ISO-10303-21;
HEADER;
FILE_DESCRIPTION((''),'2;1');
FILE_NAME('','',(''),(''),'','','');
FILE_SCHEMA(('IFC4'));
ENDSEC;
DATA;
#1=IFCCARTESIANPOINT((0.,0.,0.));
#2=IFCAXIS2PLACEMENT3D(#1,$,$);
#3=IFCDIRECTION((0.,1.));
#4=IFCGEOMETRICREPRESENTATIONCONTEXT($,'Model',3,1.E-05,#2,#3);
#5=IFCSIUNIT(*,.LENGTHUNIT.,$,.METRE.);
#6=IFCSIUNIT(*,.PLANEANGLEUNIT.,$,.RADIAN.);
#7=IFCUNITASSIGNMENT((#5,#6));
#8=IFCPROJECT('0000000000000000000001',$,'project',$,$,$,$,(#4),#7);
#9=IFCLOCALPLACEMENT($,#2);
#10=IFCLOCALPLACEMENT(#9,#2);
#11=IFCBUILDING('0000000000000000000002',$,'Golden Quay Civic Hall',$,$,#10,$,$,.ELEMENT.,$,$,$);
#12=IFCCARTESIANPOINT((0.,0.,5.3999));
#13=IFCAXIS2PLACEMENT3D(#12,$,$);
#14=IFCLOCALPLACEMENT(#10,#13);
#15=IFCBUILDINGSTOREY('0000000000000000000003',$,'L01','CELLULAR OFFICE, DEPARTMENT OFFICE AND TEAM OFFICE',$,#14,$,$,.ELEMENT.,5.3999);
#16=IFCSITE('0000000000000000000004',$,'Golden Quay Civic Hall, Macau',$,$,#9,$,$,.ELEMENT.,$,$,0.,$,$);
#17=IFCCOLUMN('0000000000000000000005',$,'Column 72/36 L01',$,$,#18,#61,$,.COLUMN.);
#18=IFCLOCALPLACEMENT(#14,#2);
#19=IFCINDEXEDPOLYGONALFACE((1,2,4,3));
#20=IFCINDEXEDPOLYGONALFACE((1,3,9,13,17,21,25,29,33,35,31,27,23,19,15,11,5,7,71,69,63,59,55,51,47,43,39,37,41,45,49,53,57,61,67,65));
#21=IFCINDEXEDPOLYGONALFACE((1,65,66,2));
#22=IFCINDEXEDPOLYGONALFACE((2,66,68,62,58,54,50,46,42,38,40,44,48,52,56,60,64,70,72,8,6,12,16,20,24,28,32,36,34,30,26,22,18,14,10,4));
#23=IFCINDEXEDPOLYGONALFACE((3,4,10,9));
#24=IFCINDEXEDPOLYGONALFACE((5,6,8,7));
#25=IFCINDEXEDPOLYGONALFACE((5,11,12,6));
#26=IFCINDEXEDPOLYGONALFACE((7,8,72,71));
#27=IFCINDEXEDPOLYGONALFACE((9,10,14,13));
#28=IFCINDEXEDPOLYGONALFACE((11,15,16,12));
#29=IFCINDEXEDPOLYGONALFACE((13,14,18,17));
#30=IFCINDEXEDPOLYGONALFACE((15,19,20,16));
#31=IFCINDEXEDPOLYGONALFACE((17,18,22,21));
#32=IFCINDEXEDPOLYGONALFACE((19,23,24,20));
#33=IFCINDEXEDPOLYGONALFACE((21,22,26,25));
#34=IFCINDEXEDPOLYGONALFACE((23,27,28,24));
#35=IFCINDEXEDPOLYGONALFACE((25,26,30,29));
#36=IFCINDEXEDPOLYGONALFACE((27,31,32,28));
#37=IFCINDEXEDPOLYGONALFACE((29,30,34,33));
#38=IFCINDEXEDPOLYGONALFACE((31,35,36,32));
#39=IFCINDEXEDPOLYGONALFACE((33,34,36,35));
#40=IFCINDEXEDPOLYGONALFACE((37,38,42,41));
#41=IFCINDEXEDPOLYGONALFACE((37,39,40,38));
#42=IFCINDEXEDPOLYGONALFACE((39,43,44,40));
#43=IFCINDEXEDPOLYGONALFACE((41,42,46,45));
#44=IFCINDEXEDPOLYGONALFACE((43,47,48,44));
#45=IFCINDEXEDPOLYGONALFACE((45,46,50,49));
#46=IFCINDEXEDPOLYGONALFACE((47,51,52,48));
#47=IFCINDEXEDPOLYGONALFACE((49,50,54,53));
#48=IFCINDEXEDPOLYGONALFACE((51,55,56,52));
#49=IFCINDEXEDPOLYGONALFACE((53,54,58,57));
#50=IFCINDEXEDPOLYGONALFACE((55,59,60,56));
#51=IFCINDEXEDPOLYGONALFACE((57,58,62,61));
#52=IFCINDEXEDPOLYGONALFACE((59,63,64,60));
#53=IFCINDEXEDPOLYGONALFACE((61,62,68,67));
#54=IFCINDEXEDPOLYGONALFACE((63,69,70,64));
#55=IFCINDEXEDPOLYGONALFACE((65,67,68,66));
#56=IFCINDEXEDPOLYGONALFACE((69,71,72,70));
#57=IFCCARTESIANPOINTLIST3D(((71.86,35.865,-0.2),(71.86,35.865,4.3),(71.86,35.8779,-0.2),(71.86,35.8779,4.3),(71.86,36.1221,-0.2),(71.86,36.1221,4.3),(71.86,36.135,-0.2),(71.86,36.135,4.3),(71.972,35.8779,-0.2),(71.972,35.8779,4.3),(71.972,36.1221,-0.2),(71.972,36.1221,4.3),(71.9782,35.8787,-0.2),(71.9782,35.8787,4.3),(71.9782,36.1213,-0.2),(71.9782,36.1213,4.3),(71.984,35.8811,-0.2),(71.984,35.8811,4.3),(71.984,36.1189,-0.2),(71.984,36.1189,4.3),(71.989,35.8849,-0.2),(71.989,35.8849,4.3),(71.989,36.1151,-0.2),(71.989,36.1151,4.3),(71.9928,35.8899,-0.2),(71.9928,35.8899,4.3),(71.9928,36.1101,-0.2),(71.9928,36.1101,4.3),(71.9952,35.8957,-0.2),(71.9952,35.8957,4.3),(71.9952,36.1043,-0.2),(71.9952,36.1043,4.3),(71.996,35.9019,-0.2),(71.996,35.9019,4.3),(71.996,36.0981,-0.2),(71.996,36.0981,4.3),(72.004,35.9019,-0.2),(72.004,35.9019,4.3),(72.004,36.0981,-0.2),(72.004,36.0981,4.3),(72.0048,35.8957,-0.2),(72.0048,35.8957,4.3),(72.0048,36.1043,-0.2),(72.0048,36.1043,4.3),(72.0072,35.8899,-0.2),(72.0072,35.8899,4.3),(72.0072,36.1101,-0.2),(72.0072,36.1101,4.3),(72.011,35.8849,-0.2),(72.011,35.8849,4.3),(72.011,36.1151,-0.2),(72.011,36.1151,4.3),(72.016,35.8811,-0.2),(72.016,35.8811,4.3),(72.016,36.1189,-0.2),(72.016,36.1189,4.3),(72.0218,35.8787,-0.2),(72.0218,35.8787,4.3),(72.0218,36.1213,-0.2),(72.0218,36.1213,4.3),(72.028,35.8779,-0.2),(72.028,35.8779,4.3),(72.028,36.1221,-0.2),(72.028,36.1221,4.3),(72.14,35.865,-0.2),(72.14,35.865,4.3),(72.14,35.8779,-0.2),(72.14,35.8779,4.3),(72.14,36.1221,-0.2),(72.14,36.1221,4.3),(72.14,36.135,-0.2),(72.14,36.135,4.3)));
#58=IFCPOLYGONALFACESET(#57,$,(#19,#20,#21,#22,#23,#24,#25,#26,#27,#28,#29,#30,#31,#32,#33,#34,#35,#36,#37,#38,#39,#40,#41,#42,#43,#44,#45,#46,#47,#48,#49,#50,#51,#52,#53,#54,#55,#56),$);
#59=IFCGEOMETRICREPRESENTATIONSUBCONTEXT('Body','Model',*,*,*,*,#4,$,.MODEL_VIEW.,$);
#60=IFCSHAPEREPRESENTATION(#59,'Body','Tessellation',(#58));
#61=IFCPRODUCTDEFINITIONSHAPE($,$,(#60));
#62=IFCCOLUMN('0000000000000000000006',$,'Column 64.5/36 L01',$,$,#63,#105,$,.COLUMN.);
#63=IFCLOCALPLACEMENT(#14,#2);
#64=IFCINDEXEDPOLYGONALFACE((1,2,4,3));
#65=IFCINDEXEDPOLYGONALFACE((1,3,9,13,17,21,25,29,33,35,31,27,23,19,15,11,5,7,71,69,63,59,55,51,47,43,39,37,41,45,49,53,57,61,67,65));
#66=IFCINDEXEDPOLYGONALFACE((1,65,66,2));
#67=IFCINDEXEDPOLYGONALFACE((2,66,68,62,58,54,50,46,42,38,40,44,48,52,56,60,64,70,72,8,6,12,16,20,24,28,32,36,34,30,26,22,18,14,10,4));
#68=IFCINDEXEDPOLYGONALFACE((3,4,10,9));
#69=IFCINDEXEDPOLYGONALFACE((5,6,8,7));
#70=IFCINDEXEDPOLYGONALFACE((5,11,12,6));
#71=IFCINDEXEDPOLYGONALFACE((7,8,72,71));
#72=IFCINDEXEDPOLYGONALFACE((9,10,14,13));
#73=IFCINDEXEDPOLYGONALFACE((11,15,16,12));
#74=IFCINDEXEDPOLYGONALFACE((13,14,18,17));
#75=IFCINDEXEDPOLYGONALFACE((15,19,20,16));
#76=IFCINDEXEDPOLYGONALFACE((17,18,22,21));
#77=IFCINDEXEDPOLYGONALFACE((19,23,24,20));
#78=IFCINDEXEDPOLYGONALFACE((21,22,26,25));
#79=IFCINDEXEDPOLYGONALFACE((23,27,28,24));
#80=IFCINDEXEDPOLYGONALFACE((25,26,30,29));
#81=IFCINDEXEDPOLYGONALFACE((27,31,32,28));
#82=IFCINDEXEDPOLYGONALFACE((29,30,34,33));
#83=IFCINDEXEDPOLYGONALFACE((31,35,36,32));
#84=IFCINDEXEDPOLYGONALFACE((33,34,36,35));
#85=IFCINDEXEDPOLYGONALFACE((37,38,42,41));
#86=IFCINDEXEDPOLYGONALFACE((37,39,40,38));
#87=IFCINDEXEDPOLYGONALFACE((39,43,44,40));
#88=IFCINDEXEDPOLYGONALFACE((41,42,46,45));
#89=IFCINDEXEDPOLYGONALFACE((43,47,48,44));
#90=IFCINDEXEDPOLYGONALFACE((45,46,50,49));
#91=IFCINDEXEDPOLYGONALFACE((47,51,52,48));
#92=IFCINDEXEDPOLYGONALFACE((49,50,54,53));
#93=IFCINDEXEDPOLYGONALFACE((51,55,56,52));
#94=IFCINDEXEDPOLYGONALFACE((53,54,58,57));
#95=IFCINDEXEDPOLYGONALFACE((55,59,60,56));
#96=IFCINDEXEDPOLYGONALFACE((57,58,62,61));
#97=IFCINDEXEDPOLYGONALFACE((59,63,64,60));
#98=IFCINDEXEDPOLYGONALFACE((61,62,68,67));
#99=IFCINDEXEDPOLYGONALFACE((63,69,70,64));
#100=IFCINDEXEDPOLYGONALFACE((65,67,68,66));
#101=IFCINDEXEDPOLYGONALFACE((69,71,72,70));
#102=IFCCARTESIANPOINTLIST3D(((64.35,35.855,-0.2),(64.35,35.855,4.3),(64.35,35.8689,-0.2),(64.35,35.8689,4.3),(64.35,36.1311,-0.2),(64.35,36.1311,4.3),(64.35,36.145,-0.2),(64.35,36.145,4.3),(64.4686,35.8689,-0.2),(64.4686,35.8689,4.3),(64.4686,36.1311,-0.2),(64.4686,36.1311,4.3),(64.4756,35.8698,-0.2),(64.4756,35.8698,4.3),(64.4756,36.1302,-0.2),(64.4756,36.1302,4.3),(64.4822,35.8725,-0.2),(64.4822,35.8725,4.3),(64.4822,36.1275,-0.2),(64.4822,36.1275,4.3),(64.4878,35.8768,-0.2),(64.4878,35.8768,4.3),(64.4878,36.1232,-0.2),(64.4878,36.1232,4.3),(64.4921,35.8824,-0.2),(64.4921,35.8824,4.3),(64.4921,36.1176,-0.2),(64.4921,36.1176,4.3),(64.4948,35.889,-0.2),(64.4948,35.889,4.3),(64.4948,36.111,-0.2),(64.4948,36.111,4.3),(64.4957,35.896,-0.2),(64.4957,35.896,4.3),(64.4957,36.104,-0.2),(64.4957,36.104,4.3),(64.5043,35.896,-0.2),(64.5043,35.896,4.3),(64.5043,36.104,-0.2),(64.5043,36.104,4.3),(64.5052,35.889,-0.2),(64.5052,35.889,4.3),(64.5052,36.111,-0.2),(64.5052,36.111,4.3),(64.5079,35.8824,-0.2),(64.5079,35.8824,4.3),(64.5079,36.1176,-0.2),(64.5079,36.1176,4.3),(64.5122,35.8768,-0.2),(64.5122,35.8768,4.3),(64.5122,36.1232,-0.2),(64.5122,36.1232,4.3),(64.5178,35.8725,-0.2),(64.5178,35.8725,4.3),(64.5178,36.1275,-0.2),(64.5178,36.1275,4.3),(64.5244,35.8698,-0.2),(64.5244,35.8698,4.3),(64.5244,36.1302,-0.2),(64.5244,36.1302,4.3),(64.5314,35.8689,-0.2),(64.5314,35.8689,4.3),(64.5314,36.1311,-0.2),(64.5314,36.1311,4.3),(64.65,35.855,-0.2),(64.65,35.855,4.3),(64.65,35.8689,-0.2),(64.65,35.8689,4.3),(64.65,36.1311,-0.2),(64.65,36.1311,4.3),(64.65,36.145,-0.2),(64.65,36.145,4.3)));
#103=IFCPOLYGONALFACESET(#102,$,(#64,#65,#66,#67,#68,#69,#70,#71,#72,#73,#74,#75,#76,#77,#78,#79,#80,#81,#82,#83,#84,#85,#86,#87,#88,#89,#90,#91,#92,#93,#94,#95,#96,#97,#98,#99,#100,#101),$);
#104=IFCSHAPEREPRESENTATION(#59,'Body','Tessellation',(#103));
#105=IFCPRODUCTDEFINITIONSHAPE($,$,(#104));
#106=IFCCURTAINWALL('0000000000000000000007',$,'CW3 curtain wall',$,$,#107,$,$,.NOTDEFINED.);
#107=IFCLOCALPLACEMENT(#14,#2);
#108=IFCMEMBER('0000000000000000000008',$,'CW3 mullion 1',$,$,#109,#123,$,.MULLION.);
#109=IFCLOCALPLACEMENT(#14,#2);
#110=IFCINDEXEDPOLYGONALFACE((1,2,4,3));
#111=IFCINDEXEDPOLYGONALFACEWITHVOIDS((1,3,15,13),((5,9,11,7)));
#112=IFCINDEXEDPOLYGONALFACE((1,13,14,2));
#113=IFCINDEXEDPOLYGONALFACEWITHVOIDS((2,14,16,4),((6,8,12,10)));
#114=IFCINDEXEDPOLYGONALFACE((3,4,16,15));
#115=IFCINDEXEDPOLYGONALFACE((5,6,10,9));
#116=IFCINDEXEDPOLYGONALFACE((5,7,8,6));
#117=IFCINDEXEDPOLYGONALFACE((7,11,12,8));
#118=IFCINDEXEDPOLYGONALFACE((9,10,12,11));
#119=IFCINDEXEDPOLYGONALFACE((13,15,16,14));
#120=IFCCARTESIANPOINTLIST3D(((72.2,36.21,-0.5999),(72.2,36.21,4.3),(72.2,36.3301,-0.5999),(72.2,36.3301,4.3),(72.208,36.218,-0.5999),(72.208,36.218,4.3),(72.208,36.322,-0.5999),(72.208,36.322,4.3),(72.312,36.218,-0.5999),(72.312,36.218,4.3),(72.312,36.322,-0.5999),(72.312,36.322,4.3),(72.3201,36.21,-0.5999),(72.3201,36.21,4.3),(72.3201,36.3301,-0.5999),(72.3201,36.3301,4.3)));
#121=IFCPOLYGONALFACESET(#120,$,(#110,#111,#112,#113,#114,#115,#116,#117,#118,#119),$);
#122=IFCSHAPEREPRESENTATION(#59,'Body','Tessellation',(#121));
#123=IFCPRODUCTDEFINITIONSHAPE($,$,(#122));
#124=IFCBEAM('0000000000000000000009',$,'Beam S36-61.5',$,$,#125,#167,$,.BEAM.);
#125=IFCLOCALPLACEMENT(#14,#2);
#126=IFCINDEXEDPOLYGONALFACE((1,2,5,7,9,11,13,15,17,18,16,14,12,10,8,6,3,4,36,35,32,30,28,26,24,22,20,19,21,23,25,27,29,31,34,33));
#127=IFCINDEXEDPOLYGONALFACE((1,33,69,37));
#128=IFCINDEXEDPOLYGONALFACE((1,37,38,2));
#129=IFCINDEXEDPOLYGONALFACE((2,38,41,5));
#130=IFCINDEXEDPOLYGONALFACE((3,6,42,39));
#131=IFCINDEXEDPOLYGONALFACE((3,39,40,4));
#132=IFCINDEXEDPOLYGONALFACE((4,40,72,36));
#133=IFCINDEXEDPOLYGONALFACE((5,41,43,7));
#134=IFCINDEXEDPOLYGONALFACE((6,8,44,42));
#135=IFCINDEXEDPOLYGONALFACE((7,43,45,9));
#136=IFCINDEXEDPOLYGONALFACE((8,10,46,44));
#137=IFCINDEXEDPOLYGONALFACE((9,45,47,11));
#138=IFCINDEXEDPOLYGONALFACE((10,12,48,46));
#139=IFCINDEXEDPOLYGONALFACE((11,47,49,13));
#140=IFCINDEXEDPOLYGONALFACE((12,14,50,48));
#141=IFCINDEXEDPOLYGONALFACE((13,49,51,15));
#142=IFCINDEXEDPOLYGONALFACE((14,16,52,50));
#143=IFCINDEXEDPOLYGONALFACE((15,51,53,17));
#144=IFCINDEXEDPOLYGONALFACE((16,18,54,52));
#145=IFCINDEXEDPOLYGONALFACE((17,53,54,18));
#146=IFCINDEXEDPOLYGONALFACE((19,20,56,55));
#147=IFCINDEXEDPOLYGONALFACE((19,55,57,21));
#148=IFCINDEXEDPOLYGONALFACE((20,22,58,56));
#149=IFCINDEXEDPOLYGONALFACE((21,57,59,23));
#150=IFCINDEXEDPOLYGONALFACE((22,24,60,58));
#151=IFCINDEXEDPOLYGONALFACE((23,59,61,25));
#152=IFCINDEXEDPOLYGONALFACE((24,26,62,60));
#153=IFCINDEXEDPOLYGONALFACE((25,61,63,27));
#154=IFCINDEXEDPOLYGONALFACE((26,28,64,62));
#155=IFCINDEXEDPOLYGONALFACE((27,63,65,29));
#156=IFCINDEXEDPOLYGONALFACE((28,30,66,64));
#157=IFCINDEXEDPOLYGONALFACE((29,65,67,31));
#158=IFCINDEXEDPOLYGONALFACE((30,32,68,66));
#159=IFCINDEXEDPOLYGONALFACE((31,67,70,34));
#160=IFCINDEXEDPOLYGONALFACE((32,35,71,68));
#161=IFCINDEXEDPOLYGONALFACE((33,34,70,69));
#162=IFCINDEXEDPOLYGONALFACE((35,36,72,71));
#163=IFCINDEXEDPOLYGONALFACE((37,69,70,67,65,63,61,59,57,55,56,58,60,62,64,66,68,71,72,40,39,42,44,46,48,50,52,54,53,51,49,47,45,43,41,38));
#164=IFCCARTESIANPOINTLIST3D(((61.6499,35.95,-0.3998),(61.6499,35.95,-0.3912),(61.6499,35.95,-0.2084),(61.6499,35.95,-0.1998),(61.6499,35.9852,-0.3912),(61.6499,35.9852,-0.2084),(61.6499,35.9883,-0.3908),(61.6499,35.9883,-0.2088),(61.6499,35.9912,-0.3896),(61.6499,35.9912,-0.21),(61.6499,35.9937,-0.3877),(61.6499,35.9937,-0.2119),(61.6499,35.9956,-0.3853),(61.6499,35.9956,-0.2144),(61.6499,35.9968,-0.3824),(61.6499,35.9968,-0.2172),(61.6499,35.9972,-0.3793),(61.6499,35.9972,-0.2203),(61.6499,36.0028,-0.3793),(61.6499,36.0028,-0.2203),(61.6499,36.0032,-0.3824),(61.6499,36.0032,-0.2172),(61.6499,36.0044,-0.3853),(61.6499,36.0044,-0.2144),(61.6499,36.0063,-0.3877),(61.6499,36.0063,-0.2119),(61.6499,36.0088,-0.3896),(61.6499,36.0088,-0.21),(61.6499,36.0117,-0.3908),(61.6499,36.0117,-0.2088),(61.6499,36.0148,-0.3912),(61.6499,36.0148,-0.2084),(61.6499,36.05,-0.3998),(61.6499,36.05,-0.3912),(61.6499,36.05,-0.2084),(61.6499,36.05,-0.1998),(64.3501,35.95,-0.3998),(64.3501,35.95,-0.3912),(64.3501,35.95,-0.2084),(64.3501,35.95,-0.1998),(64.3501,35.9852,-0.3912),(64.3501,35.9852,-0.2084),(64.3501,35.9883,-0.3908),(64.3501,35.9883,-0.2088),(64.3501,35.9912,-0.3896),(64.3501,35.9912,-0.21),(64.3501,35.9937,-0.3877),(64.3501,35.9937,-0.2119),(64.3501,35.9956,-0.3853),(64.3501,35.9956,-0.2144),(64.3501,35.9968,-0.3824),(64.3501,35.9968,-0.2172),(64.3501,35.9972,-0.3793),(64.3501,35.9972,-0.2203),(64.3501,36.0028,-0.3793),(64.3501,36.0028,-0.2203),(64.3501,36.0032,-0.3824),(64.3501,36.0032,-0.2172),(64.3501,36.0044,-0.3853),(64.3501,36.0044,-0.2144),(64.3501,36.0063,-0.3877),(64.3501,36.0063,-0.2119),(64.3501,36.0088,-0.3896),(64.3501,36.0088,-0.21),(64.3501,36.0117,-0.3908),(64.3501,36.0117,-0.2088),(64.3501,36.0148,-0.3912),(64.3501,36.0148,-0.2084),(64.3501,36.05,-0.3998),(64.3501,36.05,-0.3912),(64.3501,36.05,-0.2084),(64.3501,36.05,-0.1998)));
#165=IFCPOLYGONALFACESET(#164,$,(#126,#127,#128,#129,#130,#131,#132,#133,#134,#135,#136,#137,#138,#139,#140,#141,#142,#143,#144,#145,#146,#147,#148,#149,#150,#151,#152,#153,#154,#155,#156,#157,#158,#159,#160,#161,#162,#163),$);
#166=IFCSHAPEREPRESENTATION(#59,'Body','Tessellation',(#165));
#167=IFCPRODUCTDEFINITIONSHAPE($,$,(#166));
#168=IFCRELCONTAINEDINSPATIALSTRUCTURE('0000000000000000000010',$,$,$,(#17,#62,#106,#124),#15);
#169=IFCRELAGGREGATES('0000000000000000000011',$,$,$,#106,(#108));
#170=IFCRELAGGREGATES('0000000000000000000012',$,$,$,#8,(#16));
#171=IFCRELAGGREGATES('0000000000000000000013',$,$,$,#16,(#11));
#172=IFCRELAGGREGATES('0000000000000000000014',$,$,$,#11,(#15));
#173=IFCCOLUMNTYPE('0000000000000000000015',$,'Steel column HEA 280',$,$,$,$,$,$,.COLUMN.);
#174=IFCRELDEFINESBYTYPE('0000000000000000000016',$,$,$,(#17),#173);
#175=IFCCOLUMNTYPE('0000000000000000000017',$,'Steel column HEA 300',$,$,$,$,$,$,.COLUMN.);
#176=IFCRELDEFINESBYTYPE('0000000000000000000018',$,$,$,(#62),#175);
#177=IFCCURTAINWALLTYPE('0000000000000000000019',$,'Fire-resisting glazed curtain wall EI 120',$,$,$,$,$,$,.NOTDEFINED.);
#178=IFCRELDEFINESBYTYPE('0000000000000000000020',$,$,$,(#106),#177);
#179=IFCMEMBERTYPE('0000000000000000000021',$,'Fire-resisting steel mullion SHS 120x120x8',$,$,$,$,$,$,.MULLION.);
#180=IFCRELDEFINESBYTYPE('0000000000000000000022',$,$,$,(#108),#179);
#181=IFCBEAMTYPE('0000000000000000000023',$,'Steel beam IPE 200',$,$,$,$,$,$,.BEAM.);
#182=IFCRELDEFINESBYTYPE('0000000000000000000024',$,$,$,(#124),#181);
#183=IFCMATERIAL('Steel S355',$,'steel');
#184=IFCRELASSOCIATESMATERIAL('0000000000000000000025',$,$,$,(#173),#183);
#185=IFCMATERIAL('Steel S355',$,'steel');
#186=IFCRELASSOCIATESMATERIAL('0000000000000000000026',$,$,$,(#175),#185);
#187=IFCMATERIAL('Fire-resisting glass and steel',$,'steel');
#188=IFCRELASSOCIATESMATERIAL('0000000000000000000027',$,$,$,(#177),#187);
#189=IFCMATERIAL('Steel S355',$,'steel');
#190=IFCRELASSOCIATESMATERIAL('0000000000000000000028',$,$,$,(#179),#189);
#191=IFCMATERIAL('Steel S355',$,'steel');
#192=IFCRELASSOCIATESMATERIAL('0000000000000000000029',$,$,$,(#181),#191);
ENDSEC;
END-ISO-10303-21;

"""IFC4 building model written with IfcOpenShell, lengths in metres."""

from ifc_helpers import new_model, si_unit, direction, frame, origin, origin_2d, place, context, subcontext, project, spatial, hollow_rectangle, i_section, extrude, material, material_profile, profile_set, type_object, element, aggregate, save


model = new_model("IFC4")

# Units and contexts
model_context = context("Model", 3, precision=1e-05, world=origin(), true_north=direction((0.0, 1.0)))
body_context = subcontext(model_context, "Body", "Model", "MODEL_VIEW")
ifc_project = project(units=[si_unit("LENGTHUNIT", "METRE"), si_unit("PLANEANGLEUNIT", "RADIAN")], contexts=[model_context])

# Site, building, storey
site_placement = place(None, origin())
site = spatial("IfcSite", under=ifc_project, at=site_placement, Name="Golden Quay Civic Hall, Macau", CompositionType="ELEMENT", RefElevation=0.0)
building_placement = place(site_placement, origin())
building = spatial("IfcBuilding", under=site, at=building_placement, Name="Golden Quay Civic Hall", CompositionType="ELEMENT")
storey_placement = place(building_placement, frame((0.0, 0.0, 5.3999)))
storey = spatial("IfcBuildingStorey", under=building, at=storey_placement, Name="L01", Description="CELLULAR OFFICE, DEPARTMENT OFFICE AND TEAM OFFICE", CompositionType="ELEMENT", Elevation=5.3999)

# Columns
ifc_material_1 = material(Name="Steel S355", Category="steel")
ifc_material_profile_1 = material_profile(ifc_material_1, i_section(OverallWidth=0.28, OverallDepth=0.27, WebThickness=0.0081, FlangeThickness=0.0129, FilletRadius=0.0239, at=origin_2d()), Name="HEA 280")
ifc_profile_set_1 = profile_set([ifc_material_profile_1], Name="Steel S355")
column_type_1 = type_object("IfcColumnType", Name="Steel column HEA 280", PredefinedType="COLUMN", material=ifc_profile_set_1)
column_1_placement = place(storey_placement, frame((72.0, 36.0, -0.2), z_axis=(0.0, 0.0, 1.0), x_axis=(1.0, 0.0, 0.0)))
element("IfcColumn", 1, at=column_1_placement, inside=storey, type_object=column_type_1, Name="Column 72/36 L01", PredefinedType="COLUMN", context=body_context, shape_type="SweptSolid", body=[
    extrude(i_section(OverallWidth=0.28, OverallDepth=0.27, WebThickness=0.0081, FlangeThickness=0.0129, FilletRadius=0.0239, at=origin_2d()), origin(), (0.0, 0.0, 1.0), 4.5),
])
ifc_material_2 = material(Name="Steel S355", Category="steel")
ifc_material_profile_2 = material_profile(ifc_material_2, i_section(OverallWidth=0.3, OverallDepth=0.29, WebThickness=0.0085, FlangeThickness=0.0139, FilletRadius=0.0271, at=origin_2d()), Name="HEA 300")
ifc_profile_set_2 = profile_set([ifc_material_profile_2], Name="Steel S355")
column_type_2 = type_object("IfcColumnType", Name="Steel column HEA 300", PredefinedType="COLUMN", material=ifc_profile_set_2)
column_2_placement = place(storey_placement, frame((64.5, 36.0, -0.2), z_axis=(0.0, 0.0, 1.0), x_axis=(1.0, 0.0, 0.0)))
element("IfcColumn", 2, at=column_2_placement, inside=storey, type_object=column_type_2, Name="Column 64.5/36 L01", PredefinedType="COLUMN", context=body_context, shape_type="SweptSolid", body=[
    extrude(i_section(OverallWidth=0.3, OverallDepth=0.29, WebThickness=0.0085, FlangeThickness=0.0139, FilletRadius=0.0271, at=origin_2d()), origin(), (0.0, 0.0, 1.0), 4.5),
])

# Curtain wall, member
ifc_material_3 = material(Name="Fire-resisting glass and steel", Category="steel")
curtain_wall_type = type_object("IfcCurtainWallType", Name="Fire-resisting glazed curtain wall EI 120", PredefinedType="NOTDEFINED", material=ifc_material_3)
curtain_wall_placement = place(storey_placement, origin())
curtain_wall = element("IfcCurtainWall", 3, at=curtain_wall_placement, inside=storey, type_object=curtain_wall_type, Name="CW3 curtain wall", PredefinedType="NOTDEFINED")
ifc_material_4 = material(Name="Steel S355", Category="steel")
ifc_material_profile_3 = material_profile(ifc_material_4, hollow_rectangle(XDim=0.1201, YDim=0.1201, WallThickness=0.0081, at=origin_2d()), Name="SHS 120x120x8")
ifc_profile_set_3 = profile_set([ifc_material_profile_3], Name="Steel S355")
member_type = type_object("IfcMemberType", Name="Fire-resisting steel mullion SHS 120x120x8", PredefinedType="MULLION", material=ifc_profile_set_3)
member_placement = place(storey_placement, frame((72.26, 36.27, -0.5999), z_axis=(0.0, 0.0, 1.0), x_axis=(0.0, 1.0, 0.0)))
member = element("IfcMember", 4, at=member_placement, type_object=member_type, Name="CW3 mullion 1", PredefinedType="MULLION", context=body_context, shape_type="SweptSolid", body=[
    extrude(hollow_rectangle(XDim=0.1201, YDim=0.1201, WallThickness=0.0081, at=origin_2d()), origin(), (0.0, 0.0, 1.0), 4.8999),
])
aggregate(curtain_wall, [member])

# Beam
ifc_material_5 = material(Name="Steel S355", Category="steel")
ifc_material_profile_4 = material_profile(ifc_material_5, i_section(OverallWidth=0.1001, OverallDepth=0.2, WebThickness=0.0056, FlangeThickness=0.0085, FilletRadius=0.012, at=origin_2d()), Name="IPE 200")
ifc_profile_set_4 = profile_set([ifc_material_profile_4], Name="Steel S355")
beam_type_1 = type_object("IfcBeamType", Name="Steel beam IPE 200", PredefinedType="BEAM", material=ifc_profile_set_4)
beam_1_placement = place(storey_placement, frame((61.6499, 36.0, -0.2998), z_axis=(1.0, 0.0, 0.0), x_axis=(0.0, 1.0, 0.0)))
element("IfcBeam", 5, at=beam_1_placement, inside=storey, type_object=beam_type_1, Name="Beam S36-61.5", PredefinedType="BEAM", context=body_context, shape_type="SweptSolid", body=[
    extrude(i_section(OverallWidth=0.1001, OverallDepth=0.2, WebThickness=0.0056, FlangeThickness=0.0085, FilletRadius=0.012, at=origin_2d()), origin(), (0.0, 0.0, 1.0), 2.7002),
])

save(model, "model.ifc")
